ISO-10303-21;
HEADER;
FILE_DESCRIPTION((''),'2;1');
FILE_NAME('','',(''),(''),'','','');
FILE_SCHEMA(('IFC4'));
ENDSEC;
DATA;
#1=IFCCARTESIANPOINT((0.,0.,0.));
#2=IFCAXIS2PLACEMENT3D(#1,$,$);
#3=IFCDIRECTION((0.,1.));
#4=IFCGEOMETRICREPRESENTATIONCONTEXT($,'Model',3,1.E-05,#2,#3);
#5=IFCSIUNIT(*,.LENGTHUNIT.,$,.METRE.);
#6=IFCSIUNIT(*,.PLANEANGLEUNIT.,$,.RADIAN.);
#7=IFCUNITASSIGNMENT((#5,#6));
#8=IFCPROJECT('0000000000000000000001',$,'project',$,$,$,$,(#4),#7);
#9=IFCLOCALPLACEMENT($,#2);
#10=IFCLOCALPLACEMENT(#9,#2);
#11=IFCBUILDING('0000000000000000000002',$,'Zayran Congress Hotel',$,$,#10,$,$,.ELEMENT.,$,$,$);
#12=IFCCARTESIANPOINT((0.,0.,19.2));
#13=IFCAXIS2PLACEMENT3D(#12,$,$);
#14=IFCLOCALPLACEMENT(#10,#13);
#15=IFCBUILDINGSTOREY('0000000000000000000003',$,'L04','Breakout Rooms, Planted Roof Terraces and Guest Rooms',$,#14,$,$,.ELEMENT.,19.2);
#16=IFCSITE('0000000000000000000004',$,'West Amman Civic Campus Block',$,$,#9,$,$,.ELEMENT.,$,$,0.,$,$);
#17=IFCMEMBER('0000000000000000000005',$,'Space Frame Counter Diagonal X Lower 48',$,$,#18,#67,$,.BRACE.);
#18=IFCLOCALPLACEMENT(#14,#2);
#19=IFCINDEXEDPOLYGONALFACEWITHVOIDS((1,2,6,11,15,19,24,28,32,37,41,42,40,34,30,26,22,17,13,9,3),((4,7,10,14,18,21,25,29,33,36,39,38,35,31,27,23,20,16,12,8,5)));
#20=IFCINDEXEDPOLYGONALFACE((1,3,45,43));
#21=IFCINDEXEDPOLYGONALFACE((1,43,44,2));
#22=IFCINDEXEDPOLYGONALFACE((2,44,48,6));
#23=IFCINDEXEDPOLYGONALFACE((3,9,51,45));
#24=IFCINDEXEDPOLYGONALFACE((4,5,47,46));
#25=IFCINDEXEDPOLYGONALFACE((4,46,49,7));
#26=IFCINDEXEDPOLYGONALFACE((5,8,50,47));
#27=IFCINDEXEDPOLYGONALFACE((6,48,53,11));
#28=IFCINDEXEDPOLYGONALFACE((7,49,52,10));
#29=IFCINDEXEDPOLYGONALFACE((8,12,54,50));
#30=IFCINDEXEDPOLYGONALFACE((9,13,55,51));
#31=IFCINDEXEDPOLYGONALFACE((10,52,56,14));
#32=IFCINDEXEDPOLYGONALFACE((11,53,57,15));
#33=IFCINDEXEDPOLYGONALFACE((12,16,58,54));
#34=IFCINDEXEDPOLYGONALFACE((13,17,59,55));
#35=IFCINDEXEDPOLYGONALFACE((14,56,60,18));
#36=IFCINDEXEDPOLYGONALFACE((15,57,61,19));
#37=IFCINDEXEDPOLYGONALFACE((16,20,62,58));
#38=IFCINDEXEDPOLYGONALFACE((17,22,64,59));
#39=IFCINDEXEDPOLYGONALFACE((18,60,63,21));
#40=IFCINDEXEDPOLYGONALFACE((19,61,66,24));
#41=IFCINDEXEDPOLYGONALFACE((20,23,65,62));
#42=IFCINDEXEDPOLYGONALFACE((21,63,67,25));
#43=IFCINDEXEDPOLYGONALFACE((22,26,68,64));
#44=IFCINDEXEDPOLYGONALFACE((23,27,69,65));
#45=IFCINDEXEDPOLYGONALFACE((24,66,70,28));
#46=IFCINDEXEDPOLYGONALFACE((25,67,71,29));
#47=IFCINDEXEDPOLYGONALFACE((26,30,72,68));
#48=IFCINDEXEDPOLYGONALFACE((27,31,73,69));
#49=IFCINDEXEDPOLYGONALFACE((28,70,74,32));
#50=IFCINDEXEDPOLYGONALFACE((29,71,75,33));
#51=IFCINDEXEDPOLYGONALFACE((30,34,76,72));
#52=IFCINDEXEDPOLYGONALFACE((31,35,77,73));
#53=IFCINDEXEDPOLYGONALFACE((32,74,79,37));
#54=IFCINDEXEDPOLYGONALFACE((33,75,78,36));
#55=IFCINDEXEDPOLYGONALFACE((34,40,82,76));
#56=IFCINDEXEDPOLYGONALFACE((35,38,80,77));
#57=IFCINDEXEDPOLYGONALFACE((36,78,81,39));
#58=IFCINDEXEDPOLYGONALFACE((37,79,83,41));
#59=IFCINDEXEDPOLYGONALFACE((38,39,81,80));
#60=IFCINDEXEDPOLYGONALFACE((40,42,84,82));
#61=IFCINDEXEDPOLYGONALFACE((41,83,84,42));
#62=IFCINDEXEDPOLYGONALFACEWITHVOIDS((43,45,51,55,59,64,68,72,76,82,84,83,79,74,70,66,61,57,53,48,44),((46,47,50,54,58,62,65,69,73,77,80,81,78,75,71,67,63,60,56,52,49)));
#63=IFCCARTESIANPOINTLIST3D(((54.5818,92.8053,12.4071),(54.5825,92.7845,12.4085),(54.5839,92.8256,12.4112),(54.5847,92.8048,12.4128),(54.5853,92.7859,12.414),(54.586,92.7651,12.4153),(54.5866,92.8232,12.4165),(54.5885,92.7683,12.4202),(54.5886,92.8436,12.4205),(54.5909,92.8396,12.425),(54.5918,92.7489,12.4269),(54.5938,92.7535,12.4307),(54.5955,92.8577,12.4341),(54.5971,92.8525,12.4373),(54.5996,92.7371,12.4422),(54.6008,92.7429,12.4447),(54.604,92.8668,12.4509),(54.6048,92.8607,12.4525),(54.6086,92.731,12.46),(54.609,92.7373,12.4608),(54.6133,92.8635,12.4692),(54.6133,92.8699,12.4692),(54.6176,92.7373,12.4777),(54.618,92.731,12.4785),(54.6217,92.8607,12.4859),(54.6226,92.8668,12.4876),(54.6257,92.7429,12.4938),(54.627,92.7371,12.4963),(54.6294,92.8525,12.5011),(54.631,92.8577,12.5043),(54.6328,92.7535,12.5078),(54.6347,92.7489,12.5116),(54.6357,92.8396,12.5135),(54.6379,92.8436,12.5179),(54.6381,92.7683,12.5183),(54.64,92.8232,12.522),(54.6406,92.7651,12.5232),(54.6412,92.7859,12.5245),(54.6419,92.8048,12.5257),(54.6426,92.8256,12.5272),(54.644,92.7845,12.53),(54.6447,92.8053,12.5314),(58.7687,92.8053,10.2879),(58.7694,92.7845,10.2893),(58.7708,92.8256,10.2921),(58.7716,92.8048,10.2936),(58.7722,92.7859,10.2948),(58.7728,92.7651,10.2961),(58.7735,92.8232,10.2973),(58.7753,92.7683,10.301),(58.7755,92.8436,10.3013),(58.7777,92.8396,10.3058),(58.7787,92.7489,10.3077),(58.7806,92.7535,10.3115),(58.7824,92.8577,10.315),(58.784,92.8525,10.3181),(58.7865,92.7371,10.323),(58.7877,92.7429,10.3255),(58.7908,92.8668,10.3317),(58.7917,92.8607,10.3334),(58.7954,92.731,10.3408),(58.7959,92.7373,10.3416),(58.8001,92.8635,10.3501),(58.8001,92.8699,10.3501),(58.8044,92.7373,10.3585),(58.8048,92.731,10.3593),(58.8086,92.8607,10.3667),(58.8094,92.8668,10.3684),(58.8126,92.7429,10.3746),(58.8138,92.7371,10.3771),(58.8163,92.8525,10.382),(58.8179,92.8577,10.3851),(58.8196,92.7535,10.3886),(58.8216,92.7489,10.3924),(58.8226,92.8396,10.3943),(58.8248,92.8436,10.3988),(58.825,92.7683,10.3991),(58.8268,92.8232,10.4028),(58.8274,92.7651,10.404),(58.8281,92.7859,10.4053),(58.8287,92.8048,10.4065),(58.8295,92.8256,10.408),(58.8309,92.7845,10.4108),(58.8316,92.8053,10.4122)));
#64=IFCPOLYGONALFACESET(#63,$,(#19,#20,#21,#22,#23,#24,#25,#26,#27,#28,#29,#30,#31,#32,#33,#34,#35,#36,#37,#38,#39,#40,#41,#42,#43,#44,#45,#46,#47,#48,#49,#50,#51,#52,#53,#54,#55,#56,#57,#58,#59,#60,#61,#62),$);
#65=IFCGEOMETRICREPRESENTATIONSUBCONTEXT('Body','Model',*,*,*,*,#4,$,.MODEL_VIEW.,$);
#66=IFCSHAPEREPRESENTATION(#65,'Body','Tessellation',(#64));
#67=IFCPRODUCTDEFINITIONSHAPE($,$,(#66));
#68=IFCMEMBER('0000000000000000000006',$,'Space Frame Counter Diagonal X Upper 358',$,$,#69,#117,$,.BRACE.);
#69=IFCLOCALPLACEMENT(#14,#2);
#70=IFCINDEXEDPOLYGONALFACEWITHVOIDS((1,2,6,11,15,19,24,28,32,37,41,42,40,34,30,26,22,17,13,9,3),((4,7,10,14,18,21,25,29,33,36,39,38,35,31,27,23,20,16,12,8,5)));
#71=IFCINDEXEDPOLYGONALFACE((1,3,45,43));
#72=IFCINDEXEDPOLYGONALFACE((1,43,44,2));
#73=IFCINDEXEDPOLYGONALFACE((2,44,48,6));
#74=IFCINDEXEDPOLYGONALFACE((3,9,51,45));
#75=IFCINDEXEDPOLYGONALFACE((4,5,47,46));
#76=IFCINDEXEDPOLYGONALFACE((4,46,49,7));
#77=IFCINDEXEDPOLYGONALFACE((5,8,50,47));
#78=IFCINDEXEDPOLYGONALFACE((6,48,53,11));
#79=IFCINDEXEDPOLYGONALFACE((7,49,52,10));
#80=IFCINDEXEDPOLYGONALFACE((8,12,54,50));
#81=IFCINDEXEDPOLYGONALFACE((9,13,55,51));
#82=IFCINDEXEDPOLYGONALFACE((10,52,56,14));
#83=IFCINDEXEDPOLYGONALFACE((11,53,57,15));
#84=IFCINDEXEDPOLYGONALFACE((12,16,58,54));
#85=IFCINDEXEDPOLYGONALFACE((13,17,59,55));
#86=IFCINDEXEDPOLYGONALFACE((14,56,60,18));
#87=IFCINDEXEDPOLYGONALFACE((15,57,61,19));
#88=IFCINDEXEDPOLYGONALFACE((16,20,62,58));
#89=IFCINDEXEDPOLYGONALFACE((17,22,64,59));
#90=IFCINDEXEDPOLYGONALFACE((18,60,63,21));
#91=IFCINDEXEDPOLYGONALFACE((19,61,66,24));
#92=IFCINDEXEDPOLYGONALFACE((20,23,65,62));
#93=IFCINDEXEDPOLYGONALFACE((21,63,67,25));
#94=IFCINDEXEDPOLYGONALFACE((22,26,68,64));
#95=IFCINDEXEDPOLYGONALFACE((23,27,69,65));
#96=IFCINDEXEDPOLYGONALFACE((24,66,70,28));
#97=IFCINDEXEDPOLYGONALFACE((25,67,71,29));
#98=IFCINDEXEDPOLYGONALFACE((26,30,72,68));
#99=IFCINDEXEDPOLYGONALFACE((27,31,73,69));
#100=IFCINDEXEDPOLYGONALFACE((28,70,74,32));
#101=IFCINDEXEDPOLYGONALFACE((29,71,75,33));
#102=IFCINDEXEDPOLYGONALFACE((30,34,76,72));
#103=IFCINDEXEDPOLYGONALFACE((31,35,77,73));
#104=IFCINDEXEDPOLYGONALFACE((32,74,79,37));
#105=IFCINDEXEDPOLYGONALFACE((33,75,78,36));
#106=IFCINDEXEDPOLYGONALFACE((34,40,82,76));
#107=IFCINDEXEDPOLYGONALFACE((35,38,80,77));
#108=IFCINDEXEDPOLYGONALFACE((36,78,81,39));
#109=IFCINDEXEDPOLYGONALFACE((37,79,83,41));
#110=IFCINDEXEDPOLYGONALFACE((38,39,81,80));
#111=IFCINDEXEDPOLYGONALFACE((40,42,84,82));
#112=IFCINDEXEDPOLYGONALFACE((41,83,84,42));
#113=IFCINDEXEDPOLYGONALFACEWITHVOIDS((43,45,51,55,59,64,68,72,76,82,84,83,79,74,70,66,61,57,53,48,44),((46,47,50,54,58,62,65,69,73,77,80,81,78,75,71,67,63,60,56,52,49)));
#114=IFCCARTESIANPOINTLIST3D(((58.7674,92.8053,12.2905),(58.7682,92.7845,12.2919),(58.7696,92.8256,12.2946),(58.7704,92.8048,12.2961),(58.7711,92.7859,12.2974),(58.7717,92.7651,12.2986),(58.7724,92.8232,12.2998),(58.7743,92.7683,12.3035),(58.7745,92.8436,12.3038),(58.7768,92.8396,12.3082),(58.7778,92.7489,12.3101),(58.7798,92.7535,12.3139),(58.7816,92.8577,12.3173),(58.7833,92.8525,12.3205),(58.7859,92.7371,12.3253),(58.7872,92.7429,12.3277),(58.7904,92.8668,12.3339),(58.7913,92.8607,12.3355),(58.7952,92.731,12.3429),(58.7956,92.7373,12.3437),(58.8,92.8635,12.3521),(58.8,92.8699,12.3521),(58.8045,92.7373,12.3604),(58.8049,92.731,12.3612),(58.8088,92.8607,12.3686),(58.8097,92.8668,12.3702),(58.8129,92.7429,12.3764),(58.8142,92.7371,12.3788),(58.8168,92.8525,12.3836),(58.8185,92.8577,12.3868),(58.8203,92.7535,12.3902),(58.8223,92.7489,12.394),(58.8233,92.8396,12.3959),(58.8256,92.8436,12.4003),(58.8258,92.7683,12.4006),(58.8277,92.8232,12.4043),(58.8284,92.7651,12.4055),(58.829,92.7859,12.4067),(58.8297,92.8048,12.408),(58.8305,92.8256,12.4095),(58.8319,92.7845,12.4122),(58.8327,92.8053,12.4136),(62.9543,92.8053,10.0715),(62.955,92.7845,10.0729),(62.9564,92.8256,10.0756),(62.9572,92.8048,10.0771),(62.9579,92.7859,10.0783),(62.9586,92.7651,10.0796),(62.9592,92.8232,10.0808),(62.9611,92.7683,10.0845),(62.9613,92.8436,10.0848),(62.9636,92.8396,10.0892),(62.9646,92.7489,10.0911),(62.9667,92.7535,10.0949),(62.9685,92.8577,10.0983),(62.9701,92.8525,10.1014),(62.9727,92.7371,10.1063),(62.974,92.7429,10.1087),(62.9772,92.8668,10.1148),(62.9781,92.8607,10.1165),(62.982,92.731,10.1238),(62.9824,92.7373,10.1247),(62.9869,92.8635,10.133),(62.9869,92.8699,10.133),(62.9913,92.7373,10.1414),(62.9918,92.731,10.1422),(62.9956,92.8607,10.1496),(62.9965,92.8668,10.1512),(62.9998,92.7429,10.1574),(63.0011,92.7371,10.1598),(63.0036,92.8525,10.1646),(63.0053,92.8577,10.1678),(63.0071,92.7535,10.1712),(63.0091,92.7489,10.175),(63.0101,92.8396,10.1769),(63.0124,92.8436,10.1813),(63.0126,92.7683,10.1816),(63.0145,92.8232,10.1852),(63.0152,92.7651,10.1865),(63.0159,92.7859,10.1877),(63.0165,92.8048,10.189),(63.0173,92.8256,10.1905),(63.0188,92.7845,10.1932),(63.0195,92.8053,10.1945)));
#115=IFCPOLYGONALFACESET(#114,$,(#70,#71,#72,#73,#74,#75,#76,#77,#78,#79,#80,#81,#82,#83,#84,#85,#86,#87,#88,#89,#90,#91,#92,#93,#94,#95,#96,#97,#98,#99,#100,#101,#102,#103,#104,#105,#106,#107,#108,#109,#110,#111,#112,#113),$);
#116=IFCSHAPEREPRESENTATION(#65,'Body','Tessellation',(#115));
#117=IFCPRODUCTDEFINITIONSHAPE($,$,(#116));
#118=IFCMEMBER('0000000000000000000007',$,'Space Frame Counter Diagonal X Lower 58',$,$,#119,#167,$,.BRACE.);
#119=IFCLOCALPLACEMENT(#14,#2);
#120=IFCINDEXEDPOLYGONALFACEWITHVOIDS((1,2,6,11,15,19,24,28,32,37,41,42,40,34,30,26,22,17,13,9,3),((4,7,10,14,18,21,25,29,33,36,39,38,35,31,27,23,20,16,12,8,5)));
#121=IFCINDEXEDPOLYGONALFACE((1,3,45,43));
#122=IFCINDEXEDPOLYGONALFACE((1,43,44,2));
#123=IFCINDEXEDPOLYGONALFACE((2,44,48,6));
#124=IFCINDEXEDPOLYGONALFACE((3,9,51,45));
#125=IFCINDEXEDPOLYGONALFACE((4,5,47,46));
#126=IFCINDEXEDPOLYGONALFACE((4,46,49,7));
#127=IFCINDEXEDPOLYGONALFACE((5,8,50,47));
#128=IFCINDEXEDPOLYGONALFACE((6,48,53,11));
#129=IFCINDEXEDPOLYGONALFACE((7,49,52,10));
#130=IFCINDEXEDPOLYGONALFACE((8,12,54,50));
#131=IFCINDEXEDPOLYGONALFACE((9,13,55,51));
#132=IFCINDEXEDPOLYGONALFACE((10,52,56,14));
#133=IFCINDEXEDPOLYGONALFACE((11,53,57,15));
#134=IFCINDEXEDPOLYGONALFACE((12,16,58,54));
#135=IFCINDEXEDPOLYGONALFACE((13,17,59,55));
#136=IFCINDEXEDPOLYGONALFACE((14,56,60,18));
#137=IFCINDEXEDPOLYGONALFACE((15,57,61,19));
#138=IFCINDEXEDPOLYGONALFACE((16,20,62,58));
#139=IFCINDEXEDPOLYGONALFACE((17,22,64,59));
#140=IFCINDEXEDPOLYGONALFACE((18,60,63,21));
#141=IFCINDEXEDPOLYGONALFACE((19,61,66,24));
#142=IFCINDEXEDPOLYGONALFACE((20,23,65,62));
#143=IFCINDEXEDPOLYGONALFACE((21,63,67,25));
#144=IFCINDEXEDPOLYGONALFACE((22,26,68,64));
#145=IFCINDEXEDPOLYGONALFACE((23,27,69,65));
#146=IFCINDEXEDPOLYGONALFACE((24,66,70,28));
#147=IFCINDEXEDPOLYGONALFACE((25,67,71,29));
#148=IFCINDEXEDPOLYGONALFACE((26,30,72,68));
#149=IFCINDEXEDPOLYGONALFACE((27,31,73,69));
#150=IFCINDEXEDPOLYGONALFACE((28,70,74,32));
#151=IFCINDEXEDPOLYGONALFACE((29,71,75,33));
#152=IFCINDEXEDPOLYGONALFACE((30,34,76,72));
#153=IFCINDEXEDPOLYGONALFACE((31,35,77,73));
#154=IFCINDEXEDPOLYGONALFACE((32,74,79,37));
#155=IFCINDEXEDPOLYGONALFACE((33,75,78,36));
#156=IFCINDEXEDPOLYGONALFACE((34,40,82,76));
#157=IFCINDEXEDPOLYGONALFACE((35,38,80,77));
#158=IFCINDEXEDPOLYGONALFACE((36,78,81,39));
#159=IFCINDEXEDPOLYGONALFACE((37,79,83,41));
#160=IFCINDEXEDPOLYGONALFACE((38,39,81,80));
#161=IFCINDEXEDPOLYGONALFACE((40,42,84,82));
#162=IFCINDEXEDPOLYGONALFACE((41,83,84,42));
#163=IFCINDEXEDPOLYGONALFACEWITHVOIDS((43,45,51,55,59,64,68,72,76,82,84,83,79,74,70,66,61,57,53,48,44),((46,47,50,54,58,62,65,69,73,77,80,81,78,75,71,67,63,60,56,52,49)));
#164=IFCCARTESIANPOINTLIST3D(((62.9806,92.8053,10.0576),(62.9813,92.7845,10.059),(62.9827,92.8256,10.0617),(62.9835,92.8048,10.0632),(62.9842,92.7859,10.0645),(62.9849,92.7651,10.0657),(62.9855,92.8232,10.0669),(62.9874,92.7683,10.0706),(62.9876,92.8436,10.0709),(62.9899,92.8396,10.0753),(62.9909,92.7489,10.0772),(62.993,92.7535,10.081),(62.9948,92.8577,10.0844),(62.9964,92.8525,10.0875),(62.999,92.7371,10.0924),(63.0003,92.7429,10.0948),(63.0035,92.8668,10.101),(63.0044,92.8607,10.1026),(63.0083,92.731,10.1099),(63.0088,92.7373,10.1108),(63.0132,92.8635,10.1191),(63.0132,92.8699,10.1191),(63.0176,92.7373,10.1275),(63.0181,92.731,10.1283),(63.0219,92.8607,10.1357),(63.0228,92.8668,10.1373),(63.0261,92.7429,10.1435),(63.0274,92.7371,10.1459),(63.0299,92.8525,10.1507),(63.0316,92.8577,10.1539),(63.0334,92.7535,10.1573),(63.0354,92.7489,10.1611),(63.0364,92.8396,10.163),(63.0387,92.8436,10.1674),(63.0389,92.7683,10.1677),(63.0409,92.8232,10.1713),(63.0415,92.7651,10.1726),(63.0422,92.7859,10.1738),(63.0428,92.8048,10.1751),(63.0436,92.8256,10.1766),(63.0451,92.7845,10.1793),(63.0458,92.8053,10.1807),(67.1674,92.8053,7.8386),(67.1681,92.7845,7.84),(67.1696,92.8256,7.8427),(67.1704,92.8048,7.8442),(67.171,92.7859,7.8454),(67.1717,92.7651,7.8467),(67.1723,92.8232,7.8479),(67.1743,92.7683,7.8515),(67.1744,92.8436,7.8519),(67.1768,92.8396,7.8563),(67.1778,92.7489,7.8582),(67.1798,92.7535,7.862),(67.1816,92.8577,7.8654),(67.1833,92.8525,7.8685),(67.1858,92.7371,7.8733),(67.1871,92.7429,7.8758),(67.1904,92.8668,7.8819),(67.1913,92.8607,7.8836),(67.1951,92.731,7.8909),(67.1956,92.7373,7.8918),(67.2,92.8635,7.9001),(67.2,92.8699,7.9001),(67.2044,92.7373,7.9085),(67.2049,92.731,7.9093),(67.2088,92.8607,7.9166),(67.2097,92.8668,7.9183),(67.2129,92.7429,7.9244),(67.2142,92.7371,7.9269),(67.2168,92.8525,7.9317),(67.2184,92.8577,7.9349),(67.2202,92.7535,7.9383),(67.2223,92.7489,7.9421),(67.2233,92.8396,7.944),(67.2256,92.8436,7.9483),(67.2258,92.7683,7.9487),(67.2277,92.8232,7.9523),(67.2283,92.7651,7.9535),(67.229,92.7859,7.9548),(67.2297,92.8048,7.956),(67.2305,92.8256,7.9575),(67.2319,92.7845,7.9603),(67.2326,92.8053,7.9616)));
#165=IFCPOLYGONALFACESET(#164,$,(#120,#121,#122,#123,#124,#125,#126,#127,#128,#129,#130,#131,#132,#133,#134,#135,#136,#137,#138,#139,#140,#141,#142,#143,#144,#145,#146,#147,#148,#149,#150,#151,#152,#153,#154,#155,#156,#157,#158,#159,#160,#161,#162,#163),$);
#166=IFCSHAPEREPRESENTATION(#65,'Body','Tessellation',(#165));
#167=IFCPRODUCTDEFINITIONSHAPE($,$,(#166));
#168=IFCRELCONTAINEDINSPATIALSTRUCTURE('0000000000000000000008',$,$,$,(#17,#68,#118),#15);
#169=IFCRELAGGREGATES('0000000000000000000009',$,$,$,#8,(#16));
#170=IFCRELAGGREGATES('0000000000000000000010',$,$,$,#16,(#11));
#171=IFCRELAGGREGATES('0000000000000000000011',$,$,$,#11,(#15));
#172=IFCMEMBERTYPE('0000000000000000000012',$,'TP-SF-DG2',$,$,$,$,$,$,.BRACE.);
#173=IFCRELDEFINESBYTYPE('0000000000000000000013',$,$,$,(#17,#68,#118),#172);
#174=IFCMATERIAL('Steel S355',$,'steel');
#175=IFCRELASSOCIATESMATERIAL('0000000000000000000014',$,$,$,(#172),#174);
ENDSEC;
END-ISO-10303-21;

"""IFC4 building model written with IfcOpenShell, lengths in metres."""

from ifc_helpers import new_model, si_unit, direction, frame, origin, origin_2d, place, context, subcontext, project, spatial, hollow_circle, extrude, material, material_profile, profile_set, type_object, element, save


model = new_model("IFC4")

# Units and contexts
model_context = context("Model", 3, precision=1e-05, world=origin(), true_north=direction((0.0, 1.0)))
body_context = subcontext(model_context, "Body", "Model", "MODEL_VIEW")
ifc_project = project(units=[si_unit("LENGTHUNIT", "METRE"), si_unit("PLANEANGLEUNIT", "RADIAN")], contexts=[model_context])

# Site, building, storey
site_placement = place(None, origin())
site = spatial("IfcSite", under=ifc_project, at=site_placement, Name="West Amman Civic Campus Block", CompositionType="ELEMENT", RefElevation=0.0)
building_placement = place(site_placement, origin())
building = spatial("IfcBuilding", under=site, at=building_placement, Name="Zayran Congress Hotel", CompositionType="ELEMENT")
storey_placement = place(building_placement, frame((0.0, 0.0, 19.2)))
storey = spatial("IfcBuildingStorey", under=building, at=storey_placement, Name="L04", Description="Breakout Rooms, Planted Roof Terraces and Guest Rooms", CompositionType="ELEMENT", Elevation=19.2)

# Members
ifc_material_1 = material(Name="Steel S355", Category="steel")
ifc_material_profile_1 = material_profile(ifc_material_1, hollow_circle(Radius=0.0698, WallThickness=0.0063, at=origin_2d()), Name="CHS 139.7x6.3")
ifc_profile_set_1 = profile_set([ifc_material_profile_1], Name="Steel S355")
member_type_1 = type_object("IfcMemberType", Name="TP-SF-DG2", PredefinedType="BRACE", material=ifc_profile_set_1)
member_1_placement = place(storey_placement, frame((54.6133, 92.8, 12.4692), z_axis=(0.892221, 0.0, -0.451599), x_axis=(0.0, 1.0, 0.0)))
element("IfcMember", 1, at=member_1_placement, inside=storey, type_object=member_type_1, Name="Space Frame Counter Diagonal X Lower 48", PredefinedType="BRACE", context=body_context, shape_type="SweptSolid", body=[
    extrude(hollow_circle(Radius=0.0698, WallThickness=0.0063, at=origin_2d()), origin(), (0.0, 0.0, 1.0), 4.6926),
])
for number, where, z_axis, x_axis, name in (
    (2, (58.8, 92.8, 12.3521), (0.883572, 0.0, -0.468295), (0.0, 1.0, 0.0), "Space Frame Counter Diagonal X Upper 358"),
    (3, (63.0132, 92.8, 10.1191), (0.883572, 0.0, -0.468295), (0.0, 1.0, 0.0), "Space Frame Counter Diagonal X Lower 58"),
):
    element("IfcMember", number, at=place(storey_placement, frame(where, z_axis=z_axis, x_axis=x_axis)), inside=storey, type_object=member_type_1, Name=name, PredefinedType="BRACE", context=body_context, shape_type="SweptSolid", body=[
        extrude(hollow_circle(Radius=0.0698, WallThickness=0.0063, at=origin_2d()), origin(), (0.0, 0.0, 1.0), 4.7385),
    ])

save(model, "model.ifc")
